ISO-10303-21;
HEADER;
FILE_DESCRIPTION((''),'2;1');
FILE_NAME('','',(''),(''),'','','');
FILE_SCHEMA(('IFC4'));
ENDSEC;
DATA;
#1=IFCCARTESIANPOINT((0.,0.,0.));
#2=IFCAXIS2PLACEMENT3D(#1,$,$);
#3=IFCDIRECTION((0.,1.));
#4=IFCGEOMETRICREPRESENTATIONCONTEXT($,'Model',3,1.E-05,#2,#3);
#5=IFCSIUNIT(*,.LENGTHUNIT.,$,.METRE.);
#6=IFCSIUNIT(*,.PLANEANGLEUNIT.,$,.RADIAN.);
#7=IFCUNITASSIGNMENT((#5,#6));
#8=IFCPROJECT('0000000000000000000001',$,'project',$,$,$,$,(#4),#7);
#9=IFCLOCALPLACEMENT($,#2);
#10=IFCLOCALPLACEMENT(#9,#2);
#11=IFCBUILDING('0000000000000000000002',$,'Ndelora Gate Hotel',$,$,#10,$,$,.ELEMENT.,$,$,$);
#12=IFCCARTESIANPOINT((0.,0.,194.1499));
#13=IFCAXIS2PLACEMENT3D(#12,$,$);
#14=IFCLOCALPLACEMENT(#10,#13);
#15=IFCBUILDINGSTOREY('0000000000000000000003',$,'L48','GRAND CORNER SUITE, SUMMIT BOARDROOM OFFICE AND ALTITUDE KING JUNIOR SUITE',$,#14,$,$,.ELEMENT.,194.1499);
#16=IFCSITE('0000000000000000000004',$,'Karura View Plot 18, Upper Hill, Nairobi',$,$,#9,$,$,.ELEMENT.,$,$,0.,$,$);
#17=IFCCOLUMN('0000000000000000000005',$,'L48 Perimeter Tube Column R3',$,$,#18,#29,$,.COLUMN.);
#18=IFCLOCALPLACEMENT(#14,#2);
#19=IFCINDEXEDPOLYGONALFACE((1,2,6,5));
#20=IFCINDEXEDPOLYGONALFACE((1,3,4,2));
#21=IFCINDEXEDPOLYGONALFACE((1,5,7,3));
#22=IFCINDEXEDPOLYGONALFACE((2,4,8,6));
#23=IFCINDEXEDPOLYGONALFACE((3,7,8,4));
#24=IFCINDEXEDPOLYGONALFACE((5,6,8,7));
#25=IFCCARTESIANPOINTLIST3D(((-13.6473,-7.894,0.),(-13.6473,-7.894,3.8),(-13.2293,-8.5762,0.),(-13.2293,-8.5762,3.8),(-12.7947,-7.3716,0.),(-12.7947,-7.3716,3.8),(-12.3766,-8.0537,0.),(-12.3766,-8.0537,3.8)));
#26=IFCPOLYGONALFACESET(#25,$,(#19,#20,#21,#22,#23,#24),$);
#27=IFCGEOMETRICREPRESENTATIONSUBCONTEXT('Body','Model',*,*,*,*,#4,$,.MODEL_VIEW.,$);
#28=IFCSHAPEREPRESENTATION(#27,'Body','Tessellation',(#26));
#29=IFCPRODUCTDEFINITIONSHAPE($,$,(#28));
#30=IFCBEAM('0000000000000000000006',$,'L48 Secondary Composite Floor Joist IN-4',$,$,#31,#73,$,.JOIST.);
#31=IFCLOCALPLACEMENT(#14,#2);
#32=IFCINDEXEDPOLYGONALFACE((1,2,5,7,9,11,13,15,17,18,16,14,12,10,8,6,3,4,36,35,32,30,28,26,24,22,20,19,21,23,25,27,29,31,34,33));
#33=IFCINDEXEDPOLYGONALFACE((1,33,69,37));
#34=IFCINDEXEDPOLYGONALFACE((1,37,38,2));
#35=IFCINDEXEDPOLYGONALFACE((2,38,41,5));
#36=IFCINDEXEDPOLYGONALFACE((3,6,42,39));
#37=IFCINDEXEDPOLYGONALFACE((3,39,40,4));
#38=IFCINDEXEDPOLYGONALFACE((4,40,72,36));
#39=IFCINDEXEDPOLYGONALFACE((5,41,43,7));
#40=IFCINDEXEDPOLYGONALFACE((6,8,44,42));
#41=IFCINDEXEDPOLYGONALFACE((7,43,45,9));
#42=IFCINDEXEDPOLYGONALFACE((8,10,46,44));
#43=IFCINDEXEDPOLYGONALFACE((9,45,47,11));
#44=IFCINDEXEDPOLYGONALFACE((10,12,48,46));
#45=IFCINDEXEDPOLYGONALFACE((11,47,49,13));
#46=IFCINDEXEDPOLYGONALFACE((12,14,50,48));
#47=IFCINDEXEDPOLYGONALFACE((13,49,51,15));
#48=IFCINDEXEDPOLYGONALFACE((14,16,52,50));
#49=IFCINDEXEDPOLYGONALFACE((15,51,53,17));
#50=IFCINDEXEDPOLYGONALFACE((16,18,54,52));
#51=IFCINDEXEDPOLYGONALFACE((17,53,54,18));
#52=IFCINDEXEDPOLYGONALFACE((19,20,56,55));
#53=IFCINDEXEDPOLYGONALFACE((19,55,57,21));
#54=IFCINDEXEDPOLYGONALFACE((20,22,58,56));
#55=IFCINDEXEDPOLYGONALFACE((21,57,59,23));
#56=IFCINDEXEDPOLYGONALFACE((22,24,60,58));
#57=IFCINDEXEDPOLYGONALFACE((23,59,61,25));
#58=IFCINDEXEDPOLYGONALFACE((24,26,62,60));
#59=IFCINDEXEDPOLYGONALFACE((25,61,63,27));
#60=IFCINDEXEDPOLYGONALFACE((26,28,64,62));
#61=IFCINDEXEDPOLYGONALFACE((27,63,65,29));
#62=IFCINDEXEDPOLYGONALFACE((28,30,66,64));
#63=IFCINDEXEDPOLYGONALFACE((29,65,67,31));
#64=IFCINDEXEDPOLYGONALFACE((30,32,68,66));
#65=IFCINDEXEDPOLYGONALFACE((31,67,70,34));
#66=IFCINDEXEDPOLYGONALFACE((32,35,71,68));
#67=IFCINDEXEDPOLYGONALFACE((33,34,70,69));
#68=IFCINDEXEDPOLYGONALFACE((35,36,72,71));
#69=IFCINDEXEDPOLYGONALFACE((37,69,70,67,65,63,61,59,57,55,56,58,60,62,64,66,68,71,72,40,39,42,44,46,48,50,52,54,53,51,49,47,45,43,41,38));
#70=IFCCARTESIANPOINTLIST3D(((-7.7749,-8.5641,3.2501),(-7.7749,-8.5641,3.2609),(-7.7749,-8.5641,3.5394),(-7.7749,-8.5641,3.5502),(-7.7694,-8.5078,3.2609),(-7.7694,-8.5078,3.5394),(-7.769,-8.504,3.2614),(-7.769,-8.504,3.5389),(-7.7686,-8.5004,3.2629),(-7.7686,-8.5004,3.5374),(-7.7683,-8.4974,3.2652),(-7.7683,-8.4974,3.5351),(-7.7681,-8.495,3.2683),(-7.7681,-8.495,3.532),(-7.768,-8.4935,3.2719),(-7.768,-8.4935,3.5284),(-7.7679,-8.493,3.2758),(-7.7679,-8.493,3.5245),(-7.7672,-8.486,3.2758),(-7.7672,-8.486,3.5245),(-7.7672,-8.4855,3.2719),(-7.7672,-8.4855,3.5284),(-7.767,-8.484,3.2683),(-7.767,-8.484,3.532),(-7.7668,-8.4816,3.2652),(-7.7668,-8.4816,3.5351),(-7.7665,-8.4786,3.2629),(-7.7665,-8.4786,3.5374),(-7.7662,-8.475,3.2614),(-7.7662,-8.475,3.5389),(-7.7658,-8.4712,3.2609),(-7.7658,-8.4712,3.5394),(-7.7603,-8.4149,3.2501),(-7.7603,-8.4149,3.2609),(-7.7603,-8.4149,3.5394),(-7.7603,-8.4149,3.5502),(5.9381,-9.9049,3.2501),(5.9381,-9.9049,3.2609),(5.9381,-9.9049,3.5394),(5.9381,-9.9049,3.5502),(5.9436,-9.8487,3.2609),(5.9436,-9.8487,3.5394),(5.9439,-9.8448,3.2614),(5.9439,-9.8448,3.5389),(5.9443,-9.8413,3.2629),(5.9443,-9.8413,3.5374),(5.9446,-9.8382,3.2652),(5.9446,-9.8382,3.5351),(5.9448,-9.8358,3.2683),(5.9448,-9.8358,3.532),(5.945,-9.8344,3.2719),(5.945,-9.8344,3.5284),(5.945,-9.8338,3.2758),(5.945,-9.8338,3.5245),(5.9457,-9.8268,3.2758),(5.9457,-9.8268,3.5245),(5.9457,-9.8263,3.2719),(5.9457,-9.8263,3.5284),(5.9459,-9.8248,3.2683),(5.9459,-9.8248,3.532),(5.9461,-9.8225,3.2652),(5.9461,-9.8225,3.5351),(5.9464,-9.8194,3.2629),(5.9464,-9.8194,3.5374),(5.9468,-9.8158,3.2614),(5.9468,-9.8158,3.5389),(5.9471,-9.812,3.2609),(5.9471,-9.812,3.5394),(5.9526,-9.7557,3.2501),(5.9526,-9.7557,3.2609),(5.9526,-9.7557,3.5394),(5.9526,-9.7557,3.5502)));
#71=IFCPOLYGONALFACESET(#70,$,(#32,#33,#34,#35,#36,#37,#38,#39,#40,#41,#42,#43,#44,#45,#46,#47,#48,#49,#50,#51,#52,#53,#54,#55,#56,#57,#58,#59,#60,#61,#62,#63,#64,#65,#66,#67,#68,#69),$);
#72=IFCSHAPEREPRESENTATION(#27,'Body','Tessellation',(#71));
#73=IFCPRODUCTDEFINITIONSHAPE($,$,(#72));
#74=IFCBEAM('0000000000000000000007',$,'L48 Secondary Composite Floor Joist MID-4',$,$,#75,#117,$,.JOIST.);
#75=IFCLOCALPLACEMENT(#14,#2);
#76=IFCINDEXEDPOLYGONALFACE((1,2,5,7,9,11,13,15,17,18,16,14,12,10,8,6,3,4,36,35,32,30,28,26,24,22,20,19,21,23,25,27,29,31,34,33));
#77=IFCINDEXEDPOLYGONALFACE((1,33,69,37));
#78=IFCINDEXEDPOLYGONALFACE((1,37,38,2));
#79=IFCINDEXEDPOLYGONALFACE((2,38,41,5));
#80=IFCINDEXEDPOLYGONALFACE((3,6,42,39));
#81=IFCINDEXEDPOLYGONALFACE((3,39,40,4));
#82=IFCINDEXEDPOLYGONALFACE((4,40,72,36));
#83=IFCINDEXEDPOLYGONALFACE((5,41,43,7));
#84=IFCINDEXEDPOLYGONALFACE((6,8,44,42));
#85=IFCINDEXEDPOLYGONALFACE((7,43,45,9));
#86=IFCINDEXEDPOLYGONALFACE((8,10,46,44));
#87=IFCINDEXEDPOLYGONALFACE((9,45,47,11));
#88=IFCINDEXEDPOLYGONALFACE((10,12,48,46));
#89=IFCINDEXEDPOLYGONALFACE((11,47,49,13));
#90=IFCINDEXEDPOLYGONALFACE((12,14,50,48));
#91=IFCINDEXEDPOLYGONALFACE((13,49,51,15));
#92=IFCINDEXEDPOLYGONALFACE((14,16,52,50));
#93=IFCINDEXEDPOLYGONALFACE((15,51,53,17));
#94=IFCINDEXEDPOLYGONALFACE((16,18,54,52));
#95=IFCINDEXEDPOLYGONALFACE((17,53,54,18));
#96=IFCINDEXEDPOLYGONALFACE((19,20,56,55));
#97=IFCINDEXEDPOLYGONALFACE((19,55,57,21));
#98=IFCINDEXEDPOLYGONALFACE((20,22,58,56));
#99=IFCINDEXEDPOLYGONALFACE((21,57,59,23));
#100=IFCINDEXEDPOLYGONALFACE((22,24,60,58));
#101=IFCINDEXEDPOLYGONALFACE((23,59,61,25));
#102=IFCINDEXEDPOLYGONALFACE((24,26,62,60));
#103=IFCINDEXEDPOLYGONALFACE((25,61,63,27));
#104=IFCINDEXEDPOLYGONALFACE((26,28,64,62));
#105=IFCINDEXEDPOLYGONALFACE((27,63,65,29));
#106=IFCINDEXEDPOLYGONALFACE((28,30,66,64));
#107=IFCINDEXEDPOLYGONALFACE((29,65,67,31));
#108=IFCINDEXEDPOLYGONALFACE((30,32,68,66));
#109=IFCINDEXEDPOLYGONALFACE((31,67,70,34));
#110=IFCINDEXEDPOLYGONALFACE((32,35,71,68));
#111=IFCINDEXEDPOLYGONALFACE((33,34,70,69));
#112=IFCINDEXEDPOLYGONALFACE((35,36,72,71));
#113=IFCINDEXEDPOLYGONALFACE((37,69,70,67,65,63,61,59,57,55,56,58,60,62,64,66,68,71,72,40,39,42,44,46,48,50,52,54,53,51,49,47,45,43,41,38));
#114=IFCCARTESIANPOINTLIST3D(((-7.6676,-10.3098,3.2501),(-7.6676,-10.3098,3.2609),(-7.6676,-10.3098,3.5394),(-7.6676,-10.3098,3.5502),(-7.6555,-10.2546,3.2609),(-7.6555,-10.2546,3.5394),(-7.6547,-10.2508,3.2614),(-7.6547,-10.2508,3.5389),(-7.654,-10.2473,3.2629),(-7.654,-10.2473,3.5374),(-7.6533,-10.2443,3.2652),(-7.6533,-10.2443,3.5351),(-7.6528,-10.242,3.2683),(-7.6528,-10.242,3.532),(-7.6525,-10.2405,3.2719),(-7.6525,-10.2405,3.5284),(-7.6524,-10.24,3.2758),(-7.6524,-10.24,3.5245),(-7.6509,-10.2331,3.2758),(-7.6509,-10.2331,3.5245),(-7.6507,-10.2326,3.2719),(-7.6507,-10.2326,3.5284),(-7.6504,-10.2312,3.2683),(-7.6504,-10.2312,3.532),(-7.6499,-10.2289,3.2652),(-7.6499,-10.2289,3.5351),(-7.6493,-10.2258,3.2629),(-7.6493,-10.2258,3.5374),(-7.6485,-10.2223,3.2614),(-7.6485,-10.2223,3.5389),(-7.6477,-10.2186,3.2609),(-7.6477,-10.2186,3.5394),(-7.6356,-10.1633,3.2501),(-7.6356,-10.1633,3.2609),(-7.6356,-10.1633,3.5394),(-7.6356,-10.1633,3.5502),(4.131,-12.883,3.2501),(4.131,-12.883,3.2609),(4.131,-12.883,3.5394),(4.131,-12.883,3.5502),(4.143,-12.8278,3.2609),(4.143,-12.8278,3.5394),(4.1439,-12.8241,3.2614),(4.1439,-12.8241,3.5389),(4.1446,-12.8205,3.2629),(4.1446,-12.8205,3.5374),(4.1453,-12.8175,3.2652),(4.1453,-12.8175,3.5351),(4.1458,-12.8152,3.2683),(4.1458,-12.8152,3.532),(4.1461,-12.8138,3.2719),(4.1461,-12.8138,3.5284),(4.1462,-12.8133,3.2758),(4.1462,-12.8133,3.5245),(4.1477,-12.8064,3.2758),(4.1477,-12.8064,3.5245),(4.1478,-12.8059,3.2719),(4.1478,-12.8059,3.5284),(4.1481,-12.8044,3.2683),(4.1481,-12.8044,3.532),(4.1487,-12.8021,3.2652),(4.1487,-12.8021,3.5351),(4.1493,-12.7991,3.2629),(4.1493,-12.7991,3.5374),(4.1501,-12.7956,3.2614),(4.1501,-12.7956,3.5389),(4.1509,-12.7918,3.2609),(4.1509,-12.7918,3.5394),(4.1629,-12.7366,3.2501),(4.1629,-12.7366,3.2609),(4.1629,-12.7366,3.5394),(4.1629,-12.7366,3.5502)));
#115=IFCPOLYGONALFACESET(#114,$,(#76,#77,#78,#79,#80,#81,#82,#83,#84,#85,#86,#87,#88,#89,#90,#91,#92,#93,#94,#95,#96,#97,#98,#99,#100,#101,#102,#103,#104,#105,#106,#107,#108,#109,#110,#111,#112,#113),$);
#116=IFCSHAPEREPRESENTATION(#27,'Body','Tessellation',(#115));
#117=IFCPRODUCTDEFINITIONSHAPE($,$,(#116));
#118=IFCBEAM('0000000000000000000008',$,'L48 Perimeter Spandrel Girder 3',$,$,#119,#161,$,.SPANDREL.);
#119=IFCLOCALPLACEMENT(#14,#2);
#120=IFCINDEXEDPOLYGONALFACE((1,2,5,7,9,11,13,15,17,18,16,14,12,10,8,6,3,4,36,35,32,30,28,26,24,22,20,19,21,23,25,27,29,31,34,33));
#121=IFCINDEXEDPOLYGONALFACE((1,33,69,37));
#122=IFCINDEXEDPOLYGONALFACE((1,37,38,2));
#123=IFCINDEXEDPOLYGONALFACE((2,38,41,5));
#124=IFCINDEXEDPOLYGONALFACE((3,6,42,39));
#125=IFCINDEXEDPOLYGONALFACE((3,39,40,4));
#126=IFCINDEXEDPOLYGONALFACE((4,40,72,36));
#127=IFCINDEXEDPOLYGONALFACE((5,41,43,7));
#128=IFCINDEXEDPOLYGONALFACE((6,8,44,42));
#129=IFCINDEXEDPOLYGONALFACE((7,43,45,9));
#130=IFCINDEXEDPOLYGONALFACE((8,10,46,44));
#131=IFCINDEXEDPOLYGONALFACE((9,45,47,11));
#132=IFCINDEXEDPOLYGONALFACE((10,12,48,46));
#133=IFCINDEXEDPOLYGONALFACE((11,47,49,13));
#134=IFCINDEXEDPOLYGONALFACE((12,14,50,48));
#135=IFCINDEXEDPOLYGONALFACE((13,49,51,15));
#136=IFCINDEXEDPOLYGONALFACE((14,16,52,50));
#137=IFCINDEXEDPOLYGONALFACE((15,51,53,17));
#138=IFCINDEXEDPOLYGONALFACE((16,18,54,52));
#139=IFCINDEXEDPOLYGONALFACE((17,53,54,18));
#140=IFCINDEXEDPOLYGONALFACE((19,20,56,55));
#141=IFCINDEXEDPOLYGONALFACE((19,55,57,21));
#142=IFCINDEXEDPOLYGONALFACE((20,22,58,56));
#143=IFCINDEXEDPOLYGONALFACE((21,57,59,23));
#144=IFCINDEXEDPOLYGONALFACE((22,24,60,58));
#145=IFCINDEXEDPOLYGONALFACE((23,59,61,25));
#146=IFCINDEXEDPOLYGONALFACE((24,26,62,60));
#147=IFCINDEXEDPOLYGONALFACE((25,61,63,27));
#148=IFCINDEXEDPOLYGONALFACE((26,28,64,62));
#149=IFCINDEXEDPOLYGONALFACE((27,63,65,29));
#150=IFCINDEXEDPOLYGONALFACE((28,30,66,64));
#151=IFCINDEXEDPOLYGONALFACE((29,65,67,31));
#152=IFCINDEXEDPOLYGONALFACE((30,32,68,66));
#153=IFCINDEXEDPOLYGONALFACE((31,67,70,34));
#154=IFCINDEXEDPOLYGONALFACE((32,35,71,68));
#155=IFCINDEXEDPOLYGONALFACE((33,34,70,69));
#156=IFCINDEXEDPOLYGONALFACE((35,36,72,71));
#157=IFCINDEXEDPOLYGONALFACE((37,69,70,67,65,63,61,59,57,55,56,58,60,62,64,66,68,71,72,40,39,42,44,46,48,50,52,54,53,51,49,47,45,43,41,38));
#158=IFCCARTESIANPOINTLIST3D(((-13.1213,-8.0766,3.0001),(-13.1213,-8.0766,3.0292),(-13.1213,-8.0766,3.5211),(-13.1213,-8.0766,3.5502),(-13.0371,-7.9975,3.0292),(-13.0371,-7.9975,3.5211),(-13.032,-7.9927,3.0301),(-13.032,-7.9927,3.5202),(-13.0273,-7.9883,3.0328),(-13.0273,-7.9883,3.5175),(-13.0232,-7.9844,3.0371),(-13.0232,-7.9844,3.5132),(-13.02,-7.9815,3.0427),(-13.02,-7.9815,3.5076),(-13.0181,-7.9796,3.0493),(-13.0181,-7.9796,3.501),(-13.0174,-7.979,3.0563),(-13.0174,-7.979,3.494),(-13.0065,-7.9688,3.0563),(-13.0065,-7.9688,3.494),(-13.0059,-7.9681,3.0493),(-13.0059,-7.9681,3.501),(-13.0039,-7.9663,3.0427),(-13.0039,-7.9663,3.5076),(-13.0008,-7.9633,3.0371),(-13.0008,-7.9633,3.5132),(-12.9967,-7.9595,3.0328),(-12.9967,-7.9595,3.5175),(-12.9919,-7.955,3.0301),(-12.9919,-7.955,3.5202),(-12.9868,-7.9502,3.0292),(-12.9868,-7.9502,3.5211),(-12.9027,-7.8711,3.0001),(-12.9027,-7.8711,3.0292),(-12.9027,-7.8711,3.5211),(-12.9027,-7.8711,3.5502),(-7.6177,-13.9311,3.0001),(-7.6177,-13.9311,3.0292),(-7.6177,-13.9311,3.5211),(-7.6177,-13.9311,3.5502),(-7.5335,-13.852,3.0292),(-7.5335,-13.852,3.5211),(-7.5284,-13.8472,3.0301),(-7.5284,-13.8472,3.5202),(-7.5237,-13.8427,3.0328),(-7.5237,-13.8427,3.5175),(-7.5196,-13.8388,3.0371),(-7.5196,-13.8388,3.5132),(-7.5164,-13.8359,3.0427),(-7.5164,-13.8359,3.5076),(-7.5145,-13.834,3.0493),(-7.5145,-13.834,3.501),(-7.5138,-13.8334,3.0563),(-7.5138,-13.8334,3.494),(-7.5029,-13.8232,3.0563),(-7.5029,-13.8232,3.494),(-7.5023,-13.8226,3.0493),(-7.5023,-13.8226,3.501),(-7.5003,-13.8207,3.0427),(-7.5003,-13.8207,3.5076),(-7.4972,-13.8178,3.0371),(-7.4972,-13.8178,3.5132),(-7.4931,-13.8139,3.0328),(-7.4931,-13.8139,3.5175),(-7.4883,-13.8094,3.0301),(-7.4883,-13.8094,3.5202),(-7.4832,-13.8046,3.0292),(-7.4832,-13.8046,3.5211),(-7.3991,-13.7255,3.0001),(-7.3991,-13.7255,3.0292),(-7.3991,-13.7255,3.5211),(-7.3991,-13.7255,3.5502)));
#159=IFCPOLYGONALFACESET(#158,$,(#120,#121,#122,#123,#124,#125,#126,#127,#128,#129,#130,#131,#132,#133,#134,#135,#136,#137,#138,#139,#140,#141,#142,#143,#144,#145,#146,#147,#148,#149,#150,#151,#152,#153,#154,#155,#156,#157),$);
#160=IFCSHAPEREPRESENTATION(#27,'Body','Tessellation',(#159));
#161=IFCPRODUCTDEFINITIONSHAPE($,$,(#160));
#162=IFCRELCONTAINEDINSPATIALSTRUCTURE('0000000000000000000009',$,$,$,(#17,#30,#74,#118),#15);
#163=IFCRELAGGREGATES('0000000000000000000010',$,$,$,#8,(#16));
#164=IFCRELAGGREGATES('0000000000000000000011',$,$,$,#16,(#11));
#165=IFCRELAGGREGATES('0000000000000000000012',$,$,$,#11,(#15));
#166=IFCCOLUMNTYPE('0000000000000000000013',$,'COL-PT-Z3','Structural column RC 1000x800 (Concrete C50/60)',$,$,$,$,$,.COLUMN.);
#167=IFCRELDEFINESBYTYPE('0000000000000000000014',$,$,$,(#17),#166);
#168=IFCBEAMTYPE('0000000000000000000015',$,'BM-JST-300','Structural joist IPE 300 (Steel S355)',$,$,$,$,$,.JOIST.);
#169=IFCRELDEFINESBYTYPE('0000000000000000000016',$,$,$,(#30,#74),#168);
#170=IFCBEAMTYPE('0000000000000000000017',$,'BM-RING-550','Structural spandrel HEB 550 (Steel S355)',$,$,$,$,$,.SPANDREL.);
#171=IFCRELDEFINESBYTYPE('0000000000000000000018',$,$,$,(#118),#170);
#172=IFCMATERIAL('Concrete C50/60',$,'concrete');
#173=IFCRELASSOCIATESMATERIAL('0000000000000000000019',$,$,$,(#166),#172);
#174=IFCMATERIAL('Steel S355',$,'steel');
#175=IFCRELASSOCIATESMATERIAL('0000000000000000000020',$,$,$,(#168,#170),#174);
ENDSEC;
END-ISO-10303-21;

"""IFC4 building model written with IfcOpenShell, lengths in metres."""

from ifc_helpers import new_model, si_unit, direction, frame, origin, origin_2d, place, context, subcontext, project, spatial, rectangle, i_section, extrude, material, material_profile, profile_set, type_object, element, save


model = new_model("IFC4")

# Units and contexts
model_context = context("Model", 3, precision=1e-05, world=origin(), true_north=direction((0.0, 1.0)))
body_context = subcontext(model_context, "Body", "Model", "MODEL_VIEW")
ifc_project = project(units=[si_unit("LENGTHUNIT", "METRE"), si_unit("PLANEANGLEUNIT", "RADIAN")], contexts=[model_context])

# Site, building, storey
site_placement = place(None, origin())
site = spatial("IfcSite", under=ifc_project, at=site_placement, Name="Karura View Plot 18, Upper Hill, Nairobi", CompositionType="ELEMENT", RefElevation=0.0)
building_placement = place(site_placement, origin())
building = spatial("IfcBuilding", under=site, at=building_placement, Name="Ndelora Gate Hotel", CompositionType="ELEMENT")
storey_placement = place(building_placement, frame((0.0, 0.0, 194.1499)))
storey = spatial("IfcBuildingStorey", under=building, at=storey_placement, Name="L48", Description="GRAND CORNER SUITE, SUMMIT BOARDROOM OFFICE AND ALTITUDE KING JUNIOR SUITE", CompositionType="ELEMENT", Elevation=194.1499)

# Column
ifc_material_1 = material(Name="Concrete C50/60", Category="concrete")
ifc_material_profile_1 = material_profile(ifc_material_1, rectangle(XDim=0.8, YDim=1.0, at=origin_2d()), Name="RC 1000x800")
ifc_profile_set_1 = profile_set([ifc_material_profile_1], Name="Concrete C50/60")
column_type = type_object("IfcColumnType", Name="COL-PT-Z3", Description="Structural column RC 1000x800 (Concrete C50/60)", PredefinedType="COLUMN", material=ifc_profile_set_1)
column_placement = place(storey_placement, frame((-13.012, -7.9739, 0.0), z_axis=(0.0, 0.0, 1.0), x_axis=(-0.522499, 0.85264, 0.0)))
element("IfcColumn", 1, at=column_placement, inside=storey, type_object=column_type, Name="L48 Perimeter Tube Column R3", PredefinedType="COLUMN", context=body_context, shape_type="SweptSolid", body=[
    extrude(rectangle(XDim=0.8, YDim=1.0, at=origin_2d()), origin(), (0.0, 0.0, 1.0), 3.8),
])

# Beams
ifc_material_2 = material(Name="Steel S355", Category="steel")
ifc_material_profile_2 = material_profile(ifc_material_2, i_section(OverallWidth=0.1499, OverallDepth=0.3, WebThickness=0.0071, FlangeThickness=0.0107, FilletRadius=0.0149, at=origin_2d()), Name="IPE 300")
ifc_profile_set_2 = profile_set([ifc_material_profile_2], Name="Steel S355")
beam_type_1 = type_object("IfcBeamType", Name="BM-JST-300", Description="Structural joist IPE 300 (Steel S355)", PredefinedType="JOIST", material=ifc_profile_set_2)
beam_1_placement = place(storey_placement, frame((-7.7676, -8.4895, 3.4001), z_axis=(0.995254, -0.097314, 0.0), x_axis=(0.097314, 0.995254, 0.0)))
element("IfcBeam", 2, at=beam_1_placement, inside=storey, type_object=beam_type_1, Name="L48 Secondary Composite Floor Joist IN-4", PredefinedType="JOIST", context=body_context, shape_type="SweptSolid", body=[
    extrude(i_section(OverallWidth=0.1499, OverallDepth=0.3, WebThickness=0.0071, FlangeThickness=0.0107, FilletRadius=0.0149, at=origin_2d()), origin(), (0.0, 0.0, 1.0), 13.7783),
])
beam_2_placement = place(storey_placement, frame((-7.6516, -10.2366, 3.4001), z_axis=(0.977033, -0.213088, 0.0), x_axis=(0.213088, 0.977033, 0.0)))
element("IfcBeam", 3, at=beam_2_placement, inside=storey, type_object=beam_type_1, Name="L48 Secondary Composite Floor Joist MID-4", PredefinedType="JOIST", context=body_context, shape_type="SweptSolid", body=[
    extrude(i_section(OverallWidth=0.1499, OverallDepth=0.3, WebThickness=0.0071, FlangeThickness=0.0107, FilletRadius=0.0149, at=origin_2d()), origin(), (0.0, 0.0, 1.0), 12.0759),
])
ifc_material_profile_3 = material_profile(ifc_material_2, i_section(OverallWidth=0.3, OverallDepth=0.55, WebThickness=0.0149, FlangeThickness=0.0291, FilletRadius=0.0271, at=origin_2d()), Name="HEB 550")
ifc_profile_set_3 = profile_set([ifc_material_profile_3], Name="Steel S355")
beam_type_2 = type_object("IfcBeamType", Name="BM-RING-550", Description="Structural spandrel HEB 550 (Steel S355)", PredefinedType="SPANDREL", material=ifc_profile_set_3)
beam_3_placement = place(storey_placement, frame((-13.012, -7.9739, 3.2751), z_axis=(0.684939, -0.7286, 0.0), x_axis=(0.7286, 0.684939, 0.0)))
element("IfcBeam", 4, at=beam_3_placement, inside=storey, type_object=beam_type_2, Name="L48 Perimeter Spandrel Girder 3", PredefinedType="SPANDREL", context=body_context, shape_type="SweptSolid", body=[
    extrude(i_section(OverallWidth=0.3, OverallDepth=0.55, WebThickness=0.0149, FlangeThickness=0.0291, FilletRadius=0.0271, at=origin_2d()), origin(), (0.0, 0.0, 1.0), 8.0352),
])

save(model, "model.ifc")
